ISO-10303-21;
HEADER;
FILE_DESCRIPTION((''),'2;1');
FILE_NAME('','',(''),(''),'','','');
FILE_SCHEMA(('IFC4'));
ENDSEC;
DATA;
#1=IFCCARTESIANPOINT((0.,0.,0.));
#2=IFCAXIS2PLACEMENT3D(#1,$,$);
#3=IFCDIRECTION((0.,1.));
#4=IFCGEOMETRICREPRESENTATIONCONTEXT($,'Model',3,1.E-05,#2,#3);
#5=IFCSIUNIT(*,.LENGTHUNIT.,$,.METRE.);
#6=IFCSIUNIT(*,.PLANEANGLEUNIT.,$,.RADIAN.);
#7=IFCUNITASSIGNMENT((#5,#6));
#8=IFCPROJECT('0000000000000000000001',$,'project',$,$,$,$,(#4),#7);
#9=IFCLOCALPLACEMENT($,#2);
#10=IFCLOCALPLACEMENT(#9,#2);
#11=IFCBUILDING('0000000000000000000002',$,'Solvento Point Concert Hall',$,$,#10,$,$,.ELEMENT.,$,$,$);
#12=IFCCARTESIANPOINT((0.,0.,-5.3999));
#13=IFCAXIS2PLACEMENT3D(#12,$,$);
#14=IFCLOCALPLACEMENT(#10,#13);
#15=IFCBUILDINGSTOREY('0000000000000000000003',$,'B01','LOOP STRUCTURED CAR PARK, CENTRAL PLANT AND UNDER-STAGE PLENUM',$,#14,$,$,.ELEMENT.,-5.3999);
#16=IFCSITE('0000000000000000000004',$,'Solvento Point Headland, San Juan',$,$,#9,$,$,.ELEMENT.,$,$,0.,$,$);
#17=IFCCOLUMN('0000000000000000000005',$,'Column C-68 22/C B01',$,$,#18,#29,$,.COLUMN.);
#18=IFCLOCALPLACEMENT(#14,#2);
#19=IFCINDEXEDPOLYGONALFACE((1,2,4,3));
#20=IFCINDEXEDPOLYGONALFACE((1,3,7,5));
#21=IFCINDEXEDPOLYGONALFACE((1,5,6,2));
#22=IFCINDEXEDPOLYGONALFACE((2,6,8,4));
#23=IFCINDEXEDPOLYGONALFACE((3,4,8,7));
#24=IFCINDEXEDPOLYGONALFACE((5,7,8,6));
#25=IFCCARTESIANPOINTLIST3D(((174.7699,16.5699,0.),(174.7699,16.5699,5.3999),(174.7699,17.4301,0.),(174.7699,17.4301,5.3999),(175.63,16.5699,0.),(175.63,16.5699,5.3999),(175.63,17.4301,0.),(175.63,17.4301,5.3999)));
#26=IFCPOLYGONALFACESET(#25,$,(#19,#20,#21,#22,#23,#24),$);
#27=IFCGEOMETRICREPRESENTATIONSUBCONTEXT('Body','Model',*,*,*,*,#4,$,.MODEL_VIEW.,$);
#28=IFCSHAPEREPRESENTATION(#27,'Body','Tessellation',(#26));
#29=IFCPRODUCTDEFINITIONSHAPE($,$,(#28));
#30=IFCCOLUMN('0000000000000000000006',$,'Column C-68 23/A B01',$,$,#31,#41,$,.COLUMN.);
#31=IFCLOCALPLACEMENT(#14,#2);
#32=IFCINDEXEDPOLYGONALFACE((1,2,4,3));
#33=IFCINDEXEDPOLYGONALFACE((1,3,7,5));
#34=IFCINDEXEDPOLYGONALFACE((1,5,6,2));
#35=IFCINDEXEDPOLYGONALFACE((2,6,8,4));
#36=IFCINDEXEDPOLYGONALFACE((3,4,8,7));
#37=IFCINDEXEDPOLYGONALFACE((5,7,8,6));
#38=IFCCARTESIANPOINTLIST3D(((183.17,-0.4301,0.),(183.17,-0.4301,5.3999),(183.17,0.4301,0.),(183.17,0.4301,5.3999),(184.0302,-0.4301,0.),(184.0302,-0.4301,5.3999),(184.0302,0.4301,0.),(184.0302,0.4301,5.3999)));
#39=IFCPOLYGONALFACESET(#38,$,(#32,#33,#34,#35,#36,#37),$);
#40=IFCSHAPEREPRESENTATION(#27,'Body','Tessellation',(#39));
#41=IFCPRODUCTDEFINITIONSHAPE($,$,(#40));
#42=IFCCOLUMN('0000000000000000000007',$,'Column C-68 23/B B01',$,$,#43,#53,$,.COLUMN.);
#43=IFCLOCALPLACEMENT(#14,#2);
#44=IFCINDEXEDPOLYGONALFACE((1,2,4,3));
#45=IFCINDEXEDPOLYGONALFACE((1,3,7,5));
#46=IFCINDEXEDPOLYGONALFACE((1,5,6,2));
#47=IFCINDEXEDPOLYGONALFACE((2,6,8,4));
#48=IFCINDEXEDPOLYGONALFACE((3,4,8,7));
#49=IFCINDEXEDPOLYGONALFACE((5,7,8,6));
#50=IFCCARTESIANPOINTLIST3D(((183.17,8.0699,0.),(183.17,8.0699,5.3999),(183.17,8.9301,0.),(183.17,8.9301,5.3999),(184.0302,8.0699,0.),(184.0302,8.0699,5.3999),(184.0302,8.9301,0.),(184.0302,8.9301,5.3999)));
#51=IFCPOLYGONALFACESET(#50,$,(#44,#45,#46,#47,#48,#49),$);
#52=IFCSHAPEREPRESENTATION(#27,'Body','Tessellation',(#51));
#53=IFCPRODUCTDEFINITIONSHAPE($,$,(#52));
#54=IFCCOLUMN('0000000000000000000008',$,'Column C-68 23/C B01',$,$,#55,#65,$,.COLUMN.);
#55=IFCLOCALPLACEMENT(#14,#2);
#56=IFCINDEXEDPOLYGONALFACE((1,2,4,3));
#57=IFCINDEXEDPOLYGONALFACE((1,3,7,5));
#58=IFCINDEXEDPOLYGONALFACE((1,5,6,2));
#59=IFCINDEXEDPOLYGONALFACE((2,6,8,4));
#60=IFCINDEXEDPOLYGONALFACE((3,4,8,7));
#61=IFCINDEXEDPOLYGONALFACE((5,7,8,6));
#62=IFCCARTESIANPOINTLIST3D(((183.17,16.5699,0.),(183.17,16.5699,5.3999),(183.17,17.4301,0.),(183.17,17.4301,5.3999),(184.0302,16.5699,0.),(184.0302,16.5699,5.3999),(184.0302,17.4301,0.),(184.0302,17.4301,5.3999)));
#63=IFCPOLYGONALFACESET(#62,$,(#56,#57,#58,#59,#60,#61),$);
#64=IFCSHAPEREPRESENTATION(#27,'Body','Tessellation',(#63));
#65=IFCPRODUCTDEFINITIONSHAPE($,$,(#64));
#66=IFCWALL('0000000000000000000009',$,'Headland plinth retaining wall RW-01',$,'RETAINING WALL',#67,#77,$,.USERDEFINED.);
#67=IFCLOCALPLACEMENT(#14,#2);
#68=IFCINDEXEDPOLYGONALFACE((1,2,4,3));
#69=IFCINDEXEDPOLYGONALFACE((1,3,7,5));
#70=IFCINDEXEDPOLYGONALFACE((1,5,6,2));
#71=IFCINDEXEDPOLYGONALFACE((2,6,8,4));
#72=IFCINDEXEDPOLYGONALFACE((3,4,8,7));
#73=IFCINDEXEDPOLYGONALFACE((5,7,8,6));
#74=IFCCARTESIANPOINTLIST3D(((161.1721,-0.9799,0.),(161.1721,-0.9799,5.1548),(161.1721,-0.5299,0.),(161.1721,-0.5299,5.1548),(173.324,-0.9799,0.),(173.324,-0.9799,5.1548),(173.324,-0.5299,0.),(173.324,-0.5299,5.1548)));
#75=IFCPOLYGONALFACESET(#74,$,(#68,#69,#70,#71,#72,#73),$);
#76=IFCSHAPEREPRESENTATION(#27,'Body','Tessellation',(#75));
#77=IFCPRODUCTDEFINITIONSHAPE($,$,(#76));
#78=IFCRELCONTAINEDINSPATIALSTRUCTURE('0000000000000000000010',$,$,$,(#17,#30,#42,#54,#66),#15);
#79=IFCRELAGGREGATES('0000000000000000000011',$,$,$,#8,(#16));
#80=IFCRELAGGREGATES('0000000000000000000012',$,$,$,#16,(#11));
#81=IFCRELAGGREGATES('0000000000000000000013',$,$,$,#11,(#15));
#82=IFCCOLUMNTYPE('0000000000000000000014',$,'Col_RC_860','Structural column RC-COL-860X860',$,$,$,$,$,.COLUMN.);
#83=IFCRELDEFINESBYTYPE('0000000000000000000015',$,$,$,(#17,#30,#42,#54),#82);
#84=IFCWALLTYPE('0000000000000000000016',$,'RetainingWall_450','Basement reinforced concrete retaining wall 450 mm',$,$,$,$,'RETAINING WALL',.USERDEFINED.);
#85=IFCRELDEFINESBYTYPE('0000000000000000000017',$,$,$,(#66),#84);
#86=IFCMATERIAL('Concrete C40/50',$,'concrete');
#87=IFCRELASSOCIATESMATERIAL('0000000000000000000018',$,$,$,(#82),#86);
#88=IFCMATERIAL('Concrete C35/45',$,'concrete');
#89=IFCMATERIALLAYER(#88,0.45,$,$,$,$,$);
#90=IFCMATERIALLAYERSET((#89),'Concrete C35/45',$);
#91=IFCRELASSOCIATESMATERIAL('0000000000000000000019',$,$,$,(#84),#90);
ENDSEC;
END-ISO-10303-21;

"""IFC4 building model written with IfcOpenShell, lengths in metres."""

from ifc_helpers import new_model, si_unit, direction, frame, frame_2d, origin, origin_2d, place, context, subcontext, project, spatial, rectangle, extrude, material, layer, layer_set, material_profile, profile_set, type_object, element, save


model = new_model("IFC4")

# Units and contexts
model_context = context("Model", 3, precision=1e-05, world=origin(), true_north=direction((0.0, 1.0)))
body_context = subcontext(model_context, "Body", "Model", "MODEL_VIEW")
ifc_project = project(units=[si_unit("LENGTHUNIT", "METRE"), si_unit("PLANEANGLEUNIT", "RADIAN")], contexts=[model_context])

# Site, building, storey
site_placement = place(None, origin())
site = spatial("IfcSite", under=ifc_project, at=site_placement, Name="Solvento Point Headland, San Juan", CompositionType="ELEMENT", RefElevation=0.0)
building_placement = place(site_placement, origin())
building = spatial("IfcBuilding", under=site, at=building_placement, Name="Solvento Point Concert Hall", CompositionType="ELEMENT")
storey_placement = place(building_placement, frame((0.0, 0.0, -5.3999)))
storey = spatial("IfcBuildingStorey", under=building, at=storey_placement, Name="B01", Description="LOOP STRUCTURED CAR PARK, CENTRAL PLANT AND UNDER-STAGE PLENUM", CompositionType="ELEMENT", Elevation=-5.3999)

# Columns
ifc_material_1 = material(Name="Concrete C40/50", Category="concrete")
ifc_material_profile_1 = material_profile(ifc_material_1, rectangle(XDim=0.8601, YDim=0.8601, at=origin_2d()), Name="RC-COL-860X860")
ifc_profile_set_1 = profile_set([ifc_material_profile_1], Name="Concrete C40/50")
column_type = type_object("IfcColumnType", Name="Col_RC_860", Description="Structural column RC-COL-860X860", PredefinedType="COLUMN", material=ifc_profile_set_1)
for number, where, z_axis, x_axis, name in (
    (1, (175.2, 17.0, 0.0), (0.0, 0.0, 1.0), (1.0, 0.0, 0.0), "Column C-68 22/C B01"),
    (2, (183.6001, 0.0, 0.0), (0.0, 0.0, 1.0), (1.0, 0.0, 0.0), "Column C-68 23/A B01"),
    (3, (183.6001, 8.5, 0.0), (0.0, 0.0, 1.0), (1.0, 0.0, 0.0), "Column C-68 23/B B01"),
    (4, (183.6001, 17.0, 0.0), (0.0, 0.0, 1.0), (1.0, 0.0, 0.0), "Column C-68 23/C B01"),
):
    element("IfcColumn", number, at=place(storey_placement, frame(where, z_axis=z_axis, x_axis=x_axis)), inside=storey, type_object=column_type, Name=name, PredefinedType="COLUMN", context=body_context, shape_type="SweptSolid", body=[
        extrude(rectangle(XDim=0.8601, YDim=0.8601, at=origin_2d()), origin(), (0.0, 0.0, 1.0), 5.3999),
    ])

# Wall
ifc_material_2 = material(Name="Concrete C35/45", Category="concrete")
ifc_layer = layer(ifc_material_2, 0.45)
ifc_layer_set = layer_set([ifc_layer], Name="Concrete C35/45")
wall_type = type_object("IfcWallType", Name="RetainingWall_450", Description="Basement reinforced concrete retaining wall 450 mm", ElementType="RETAINING WALL", PredefinedType="USERDEFINED", material=ifc_layer_set)
wall_placement = place(storey_placement, frame((173.324, -0.7549, 0.0), z_axis=(0.0, 0.0, 1.0), x_axis=(-1.0, 0.0, 0.0)))
element("IfcWall", 5, at=wall_placement, inside=storey, type_object=wall_type, Name="Headland plinth retaining wall RW-01", ObjectType="RETAINING WALL", PredefinedType="USERDEFINED", context=body_context, shape_type="SweptSolid", body=[
    extrude(rectangle(XDim=12.1519, YDim=0.45, at=frame_2d((6.0759, 0.0))), origin(), (0.0, 0.0, 1.0), 5.1548),
])

save(model, "model.ifc")
